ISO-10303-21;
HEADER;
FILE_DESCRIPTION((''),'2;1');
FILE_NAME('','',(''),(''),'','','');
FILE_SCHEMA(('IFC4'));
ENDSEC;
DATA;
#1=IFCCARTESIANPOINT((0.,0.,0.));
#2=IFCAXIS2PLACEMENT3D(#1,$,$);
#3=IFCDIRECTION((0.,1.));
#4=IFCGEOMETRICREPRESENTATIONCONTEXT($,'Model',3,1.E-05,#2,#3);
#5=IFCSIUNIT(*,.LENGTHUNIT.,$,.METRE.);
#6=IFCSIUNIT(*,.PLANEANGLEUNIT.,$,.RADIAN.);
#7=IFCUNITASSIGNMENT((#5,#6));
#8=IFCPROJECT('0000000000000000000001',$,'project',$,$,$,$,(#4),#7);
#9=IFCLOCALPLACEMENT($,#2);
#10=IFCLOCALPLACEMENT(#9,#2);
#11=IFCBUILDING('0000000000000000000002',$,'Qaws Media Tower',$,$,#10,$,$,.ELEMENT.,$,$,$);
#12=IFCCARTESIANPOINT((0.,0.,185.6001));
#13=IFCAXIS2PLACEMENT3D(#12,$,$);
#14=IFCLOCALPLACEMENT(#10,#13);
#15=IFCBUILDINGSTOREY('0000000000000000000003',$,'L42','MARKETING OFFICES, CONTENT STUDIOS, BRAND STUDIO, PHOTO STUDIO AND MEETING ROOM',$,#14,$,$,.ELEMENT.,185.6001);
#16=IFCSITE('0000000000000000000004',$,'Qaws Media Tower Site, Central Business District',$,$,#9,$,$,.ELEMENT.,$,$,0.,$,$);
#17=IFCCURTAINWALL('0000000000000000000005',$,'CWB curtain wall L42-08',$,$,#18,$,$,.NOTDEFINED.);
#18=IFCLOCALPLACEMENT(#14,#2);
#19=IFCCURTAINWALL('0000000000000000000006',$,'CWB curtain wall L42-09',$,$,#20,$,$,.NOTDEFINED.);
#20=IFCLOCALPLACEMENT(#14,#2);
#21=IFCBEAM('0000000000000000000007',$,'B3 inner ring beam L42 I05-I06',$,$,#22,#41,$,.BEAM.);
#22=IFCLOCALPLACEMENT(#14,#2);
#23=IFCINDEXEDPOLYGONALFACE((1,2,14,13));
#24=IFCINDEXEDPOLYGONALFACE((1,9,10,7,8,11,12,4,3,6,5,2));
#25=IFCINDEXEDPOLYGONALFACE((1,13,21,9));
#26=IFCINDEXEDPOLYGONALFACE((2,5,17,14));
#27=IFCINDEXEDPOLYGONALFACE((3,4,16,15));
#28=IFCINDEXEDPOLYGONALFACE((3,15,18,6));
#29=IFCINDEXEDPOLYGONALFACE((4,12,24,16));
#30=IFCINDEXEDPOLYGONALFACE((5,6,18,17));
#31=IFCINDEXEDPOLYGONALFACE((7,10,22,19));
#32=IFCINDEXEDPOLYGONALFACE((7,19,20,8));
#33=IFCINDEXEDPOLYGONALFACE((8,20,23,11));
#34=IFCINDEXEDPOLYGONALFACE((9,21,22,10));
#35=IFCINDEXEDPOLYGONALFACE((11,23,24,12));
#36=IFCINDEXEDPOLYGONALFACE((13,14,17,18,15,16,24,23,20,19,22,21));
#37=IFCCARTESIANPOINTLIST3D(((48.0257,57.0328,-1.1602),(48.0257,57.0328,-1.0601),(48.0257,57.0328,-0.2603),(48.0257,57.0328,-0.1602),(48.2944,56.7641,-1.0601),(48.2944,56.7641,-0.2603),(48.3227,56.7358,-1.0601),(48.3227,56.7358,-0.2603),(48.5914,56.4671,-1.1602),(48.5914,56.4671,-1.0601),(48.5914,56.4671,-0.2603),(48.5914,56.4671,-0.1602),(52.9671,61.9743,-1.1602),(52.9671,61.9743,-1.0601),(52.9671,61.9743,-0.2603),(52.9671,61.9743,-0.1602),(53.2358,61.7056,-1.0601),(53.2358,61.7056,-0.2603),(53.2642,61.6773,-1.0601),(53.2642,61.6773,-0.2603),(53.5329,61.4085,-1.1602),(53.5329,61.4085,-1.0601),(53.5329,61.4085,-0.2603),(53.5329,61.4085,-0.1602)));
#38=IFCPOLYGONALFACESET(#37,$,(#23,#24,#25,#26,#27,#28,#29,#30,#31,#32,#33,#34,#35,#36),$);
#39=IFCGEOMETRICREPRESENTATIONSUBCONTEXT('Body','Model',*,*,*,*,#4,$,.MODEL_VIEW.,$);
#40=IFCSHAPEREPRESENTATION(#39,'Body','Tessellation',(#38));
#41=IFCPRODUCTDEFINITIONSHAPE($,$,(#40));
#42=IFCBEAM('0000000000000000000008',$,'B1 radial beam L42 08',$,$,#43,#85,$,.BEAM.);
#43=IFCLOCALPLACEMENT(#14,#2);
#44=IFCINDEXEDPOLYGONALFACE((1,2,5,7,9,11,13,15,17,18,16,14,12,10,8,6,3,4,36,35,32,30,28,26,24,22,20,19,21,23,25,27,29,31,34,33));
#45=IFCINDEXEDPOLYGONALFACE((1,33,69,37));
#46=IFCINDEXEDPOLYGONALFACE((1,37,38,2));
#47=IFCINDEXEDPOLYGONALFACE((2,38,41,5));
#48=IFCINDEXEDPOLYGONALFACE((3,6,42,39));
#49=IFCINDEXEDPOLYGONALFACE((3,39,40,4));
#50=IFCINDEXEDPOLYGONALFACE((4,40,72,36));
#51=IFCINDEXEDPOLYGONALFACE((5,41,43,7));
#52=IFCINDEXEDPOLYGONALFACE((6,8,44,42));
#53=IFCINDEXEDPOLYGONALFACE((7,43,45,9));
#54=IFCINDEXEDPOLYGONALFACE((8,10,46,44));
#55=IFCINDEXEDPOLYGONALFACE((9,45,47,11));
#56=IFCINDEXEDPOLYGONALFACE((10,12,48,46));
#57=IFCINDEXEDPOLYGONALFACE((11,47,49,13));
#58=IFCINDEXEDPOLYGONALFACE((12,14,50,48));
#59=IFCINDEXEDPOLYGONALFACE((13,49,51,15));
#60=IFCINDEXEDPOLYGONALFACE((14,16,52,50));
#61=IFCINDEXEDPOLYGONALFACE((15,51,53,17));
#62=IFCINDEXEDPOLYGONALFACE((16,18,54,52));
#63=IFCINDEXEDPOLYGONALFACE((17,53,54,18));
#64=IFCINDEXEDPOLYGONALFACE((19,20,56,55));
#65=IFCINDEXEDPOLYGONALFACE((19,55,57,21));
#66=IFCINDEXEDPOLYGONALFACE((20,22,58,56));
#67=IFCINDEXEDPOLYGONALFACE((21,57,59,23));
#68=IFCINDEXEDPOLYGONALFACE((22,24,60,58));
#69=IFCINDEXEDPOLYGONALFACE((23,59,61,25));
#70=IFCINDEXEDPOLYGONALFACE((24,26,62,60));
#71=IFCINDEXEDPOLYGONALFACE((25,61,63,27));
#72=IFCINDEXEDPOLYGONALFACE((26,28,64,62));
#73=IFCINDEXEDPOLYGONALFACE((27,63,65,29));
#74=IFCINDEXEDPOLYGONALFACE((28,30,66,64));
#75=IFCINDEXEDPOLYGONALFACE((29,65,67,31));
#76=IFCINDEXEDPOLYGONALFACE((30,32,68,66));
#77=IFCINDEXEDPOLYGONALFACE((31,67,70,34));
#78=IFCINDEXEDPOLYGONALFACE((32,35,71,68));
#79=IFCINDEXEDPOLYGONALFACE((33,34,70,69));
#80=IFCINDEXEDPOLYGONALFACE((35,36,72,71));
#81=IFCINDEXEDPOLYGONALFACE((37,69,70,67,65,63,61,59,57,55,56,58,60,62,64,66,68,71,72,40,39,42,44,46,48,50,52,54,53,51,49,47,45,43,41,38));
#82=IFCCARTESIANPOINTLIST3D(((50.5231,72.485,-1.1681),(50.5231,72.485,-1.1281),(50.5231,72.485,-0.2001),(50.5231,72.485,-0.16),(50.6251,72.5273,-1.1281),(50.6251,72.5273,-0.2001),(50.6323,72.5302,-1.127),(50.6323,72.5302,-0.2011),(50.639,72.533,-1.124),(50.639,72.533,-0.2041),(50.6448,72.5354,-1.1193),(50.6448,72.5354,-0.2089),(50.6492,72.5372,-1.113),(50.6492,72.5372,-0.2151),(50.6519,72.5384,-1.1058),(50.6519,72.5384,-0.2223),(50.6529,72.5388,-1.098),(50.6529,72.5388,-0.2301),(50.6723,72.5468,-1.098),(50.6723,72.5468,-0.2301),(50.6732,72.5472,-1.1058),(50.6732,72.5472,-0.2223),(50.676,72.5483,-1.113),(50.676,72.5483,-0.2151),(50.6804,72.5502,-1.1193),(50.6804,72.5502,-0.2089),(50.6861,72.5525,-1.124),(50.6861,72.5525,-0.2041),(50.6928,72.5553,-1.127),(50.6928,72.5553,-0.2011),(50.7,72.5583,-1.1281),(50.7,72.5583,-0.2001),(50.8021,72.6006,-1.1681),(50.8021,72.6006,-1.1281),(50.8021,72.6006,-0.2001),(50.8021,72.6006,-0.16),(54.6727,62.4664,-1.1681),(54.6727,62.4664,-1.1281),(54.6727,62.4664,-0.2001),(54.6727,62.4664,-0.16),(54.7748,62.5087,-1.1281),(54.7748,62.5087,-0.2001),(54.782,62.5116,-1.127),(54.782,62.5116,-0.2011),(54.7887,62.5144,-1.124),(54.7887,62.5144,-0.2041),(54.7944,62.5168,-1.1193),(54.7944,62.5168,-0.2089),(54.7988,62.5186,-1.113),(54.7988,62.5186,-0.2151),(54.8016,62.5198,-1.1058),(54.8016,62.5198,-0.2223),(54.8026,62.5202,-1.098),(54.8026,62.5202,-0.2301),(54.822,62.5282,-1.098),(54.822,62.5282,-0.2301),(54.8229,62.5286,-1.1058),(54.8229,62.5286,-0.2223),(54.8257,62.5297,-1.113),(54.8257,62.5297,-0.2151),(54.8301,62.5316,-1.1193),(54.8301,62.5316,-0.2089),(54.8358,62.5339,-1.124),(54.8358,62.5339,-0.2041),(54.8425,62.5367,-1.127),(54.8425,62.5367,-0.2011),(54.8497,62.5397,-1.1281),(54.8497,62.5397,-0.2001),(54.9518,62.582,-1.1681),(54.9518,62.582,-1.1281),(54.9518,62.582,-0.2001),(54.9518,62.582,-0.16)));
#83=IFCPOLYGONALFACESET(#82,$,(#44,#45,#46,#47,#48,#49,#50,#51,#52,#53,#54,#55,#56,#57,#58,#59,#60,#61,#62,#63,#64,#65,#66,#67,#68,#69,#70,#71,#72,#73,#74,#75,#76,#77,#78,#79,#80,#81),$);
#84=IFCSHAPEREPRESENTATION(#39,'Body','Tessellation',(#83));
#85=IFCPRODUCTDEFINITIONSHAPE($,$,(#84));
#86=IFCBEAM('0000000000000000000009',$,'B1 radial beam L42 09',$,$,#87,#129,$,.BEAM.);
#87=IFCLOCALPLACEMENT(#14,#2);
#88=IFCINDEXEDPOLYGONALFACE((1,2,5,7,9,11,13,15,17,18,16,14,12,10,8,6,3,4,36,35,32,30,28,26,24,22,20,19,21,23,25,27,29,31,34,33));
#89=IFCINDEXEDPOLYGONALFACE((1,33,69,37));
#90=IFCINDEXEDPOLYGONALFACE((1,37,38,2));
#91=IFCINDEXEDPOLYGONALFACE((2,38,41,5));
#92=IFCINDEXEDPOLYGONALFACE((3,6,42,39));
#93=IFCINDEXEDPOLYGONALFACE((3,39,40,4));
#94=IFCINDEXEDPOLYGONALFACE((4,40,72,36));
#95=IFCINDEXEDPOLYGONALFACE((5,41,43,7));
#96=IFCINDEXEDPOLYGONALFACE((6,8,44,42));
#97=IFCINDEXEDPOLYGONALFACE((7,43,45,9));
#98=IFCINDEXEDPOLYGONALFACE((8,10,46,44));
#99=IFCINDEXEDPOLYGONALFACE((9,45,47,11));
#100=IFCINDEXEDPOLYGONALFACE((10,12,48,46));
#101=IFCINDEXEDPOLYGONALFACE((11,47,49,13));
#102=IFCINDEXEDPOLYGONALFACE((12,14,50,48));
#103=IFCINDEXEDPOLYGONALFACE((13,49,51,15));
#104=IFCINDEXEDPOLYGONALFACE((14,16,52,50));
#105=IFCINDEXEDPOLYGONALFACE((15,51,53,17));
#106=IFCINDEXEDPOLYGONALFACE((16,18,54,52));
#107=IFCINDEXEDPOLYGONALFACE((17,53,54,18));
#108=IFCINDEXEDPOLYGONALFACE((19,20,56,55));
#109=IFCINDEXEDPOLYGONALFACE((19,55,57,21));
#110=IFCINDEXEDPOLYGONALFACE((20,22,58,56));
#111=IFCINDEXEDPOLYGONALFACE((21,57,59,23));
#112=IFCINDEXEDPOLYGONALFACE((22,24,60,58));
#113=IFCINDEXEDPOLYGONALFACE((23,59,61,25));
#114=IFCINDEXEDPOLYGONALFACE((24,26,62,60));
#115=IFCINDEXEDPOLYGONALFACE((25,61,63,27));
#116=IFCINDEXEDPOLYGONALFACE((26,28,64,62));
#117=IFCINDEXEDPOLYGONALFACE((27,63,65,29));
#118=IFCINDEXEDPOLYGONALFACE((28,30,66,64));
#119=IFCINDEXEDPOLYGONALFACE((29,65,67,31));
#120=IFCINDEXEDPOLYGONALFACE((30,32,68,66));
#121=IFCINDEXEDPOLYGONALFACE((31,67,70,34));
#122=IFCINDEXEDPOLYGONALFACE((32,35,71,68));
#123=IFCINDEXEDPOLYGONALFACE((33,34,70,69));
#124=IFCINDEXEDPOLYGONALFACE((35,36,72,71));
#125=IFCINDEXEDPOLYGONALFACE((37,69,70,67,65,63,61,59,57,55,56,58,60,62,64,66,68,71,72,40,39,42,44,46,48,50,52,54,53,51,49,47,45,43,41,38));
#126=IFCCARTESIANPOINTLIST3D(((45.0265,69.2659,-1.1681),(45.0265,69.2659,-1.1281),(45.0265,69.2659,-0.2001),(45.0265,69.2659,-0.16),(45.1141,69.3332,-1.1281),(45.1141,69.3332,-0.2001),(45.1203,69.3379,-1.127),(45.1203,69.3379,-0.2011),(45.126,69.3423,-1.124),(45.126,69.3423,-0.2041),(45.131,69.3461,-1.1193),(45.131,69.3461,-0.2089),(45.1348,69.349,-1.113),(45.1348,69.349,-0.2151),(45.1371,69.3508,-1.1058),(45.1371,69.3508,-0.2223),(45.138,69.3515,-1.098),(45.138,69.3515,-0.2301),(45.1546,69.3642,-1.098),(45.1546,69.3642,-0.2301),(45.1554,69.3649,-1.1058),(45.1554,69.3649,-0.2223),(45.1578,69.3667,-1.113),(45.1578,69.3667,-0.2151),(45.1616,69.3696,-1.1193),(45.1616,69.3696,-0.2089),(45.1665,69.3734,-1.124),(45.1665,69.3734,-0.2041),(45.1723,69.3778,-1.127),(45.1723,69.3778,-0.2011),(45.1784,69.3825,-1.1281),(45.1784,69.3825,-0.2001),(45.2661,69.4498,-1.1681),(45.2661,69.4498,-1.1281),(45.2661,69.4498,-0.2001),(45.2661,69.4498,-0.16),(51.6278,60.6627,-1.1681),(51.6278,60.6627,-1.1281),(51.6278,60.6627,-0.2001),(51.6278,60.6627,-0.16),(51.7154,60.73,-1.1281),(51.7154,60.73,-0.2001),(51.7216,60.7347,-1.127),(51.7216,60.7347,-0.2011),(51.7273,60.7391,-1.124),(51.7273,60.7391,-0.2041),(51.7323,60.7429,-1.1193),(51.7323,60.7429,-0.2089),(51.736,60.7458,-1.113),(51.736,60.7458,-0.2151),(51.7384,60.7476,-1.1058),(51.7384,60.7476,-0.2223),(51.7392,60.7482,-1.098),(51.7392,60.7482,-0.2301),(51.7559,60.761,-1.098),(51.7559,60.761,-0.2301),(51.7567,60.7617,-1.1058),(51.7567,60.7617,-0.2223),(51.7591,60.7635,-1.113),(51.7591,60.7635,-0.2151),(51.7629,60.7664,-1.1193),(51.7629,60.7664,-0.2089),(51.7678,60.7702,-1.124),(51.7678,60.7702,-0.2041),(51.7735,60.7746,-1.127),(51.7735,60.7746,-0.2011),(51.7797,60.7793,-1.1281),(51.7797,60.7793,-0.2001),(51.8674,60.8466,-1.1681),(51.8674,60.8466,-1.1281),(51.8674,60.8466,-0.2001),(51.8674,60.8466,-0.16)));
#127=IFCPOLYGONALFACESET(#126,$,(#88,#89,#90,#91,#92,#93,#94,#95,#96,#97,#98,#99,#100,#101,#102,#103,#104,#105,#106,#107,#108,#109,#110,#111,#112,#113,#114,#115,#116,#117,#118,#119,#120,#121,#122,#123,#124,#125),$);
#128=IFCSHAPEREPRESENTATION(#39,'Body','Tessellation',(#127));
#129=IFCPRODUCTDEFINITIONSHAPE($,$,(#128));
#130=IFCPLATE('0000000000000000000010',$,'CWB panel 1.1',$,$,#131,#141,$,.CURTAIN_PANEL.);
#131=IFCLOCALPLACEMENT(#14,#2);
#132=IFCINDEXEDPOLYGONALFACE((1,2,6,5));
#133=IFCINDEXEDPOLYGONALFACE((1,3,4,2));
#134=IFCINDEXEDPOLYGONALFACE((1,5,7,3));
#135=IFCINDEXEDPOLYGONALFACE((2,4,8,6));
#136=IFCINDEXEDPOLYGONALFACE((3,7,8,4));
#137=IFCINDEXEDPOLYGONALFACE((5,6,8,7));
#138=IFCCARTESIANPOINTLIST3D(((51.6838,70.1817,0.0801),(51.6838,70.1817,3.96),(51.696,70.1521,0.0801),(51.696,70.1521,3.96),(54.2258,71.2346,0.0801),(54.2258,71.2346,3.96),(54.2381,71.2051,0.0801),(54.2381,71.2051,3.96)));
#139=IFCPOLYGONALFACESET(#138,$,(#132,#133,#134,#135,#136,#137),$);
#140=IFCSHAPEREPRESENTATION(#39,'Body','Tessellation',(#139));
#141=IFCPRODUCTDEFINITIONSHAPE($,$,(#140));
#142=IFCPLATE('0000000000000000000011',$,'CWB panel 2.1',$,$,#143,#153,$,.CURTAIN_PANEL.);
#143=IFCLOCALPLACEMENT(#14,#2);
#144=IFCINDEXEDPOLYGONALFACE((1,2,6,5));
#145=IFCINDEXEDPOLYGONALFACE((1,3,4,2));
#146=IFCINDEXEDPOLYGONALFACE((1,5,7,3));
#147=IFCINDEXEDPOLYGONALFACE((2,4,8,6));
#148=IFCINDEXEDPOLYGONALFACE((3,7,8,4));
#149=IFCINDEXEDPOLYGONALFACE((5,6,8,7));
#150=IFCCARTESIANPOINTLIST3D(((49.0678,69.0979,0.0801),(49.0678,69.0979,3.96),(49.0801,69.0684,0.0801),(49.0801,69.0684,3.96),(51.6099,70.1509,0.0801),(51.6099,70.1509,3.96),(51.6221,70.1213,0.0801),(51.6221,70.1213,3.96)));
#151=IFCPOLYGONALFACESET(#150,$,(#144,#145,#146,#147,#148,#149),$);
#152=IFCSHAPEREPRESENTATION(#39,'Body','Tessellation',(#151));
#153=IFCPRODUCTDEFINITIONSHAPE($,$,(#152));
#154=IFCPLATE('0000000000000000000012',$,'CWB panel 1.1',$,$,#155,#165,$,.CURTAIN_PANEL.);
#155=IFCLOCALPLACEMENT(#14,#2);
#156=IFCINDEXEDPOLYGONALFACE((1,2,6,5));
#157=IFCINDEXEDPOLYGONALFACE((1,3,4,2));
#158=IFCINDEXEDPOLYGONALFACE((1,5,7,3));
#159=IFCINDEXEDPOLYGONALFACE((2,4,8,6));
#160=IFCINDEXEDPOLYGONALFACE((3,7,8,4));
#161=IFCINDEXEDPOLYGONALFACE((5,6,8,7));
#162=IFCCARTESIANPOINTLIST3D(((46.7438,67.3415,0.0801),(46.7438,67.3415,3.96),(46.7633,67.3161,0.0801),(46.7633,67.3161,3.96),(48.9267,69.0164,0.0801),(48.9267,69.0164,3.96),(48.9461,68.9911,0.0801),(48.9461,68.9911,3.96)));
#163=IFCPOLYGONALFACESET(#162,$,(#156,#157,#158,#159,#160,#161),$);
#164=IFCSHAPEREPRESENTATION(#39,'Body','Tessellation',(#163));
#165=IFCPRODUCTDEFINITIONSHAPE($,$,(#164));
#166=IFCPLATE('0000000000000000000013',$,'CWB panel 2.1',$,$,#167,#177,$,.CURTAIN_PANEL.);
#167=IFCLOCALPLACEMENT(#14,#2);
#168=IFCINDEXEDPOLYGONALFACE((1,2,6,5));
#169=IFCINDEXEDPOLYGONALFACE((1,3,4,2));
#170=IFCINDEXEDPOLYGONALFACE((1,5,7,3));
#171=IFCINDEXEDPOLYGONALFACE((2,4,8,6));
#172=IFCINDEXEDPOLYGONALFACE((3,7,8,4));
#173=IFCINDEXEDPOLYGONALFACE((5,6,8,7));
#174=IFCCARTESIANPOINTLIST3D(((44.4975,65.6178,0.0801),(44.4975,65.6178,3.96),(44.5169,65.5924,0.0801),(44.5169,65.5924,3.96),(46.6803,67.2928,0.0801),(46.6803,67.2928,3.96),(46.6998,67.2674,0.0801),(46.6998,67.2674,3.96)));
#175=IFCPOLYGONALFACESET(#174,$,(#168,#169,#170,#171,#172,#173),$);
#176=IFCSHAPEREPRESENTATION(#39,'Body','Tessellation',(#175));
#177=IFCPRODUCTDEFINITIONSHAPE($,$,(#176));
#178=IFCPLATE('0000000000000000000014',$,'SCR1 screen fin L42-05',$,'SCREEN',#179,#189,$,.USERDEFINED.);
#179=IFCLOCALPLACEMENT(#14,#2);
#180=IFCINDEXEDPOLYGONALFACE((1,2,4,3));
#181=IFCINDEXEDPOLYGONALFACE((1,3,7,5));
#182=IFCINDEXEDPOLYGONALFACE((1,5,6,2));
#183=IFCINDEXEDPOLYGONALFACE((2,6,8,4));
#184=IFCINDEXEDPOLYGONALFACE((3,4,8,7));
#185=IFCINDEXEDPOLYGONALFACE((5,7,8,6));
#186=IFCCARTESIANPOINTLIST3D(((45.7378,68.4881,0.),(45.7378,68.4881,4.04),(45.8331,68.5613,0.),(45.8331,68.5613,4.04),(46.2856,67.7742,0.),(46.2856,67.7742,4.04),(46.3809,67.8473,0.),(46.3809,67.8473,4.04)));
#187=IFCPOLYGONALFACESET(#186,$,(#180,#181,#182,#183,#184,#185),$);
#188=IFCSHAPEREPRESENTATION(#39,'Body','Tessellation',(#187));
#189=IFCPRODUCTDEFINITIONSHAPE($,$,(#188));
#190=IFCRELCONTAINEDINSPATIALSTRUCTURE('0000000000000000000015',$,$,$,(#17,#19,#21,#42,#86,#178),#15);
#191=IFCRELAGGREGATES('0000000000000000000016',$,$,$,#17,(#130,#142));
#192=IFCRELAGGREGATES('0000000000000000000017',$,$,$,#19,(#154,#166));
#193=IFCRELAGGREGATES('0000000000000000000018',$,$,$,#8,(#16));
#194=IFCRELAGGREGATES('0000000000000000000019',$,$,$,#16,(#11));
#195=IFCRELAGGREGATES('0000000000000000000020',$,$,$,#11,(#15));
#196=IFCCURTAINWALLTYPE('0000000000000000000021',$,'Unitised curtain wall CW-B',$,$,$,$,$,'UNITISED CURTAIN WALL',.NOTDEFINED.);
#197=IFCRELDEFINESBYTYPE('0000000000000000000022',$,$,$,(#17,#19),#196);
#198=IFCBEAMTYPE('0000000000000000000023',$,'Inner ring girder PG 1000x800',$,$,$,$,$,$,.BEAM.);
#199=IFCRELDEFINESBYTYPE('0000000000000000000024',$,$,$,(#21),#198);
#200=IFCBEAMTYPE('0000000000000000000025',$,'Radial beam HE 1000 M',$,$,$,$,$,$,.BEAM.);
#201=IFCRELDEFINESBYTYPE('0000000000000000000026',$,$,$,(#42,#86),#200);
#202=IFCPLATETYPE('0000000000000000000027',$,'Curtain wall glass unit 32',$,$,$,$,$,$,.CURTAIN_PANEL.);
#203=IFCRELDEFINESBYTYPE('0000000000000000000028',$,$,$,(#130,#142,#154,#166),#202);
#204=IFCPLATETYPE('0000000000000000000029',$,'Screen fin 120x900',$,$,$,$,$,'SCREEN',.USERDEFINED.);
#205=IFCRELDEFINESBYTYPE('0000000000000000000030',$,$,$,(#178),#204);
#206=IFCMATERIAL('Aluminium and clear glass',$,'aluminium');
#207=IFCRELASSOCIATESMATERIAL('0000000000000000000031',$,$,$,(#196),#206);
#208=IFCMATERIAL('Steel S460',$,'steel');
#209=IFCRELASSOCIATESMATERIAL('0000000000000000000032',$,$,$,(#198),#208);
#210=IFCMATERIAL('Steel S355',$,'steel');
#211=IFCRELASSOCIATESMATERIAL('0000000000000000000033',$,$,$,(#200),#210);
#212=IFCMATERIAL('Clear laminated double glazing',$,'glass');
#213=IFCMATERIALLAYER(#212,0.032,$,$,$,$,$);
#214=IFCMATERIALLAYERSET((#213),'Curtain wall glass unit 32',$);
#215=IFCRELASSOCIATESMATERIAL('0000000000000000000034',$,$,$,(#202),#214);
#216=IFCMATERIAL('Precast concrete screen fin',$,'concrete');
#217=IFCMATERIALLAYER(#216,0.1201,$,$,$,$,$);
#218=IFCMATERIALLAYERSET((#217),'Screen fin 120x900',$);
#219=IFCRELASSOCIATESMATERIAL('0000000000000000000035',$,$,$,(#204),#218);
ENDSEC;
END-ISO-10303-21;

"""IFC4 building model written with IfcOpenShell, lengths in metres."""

from ifc_helpers import new_model, si_unit, direction, frame, origin, origin_2d, place, context, subcontext, project, spatial, rectangle, i_section, extrude, material, layer, layer_set, material_profile, profile_set, type_object, element, aggregate, save


model = new_model("IFC4")

# Units and contexts
model_context = context("Model", 3, precision=1e-05, world=origin(), true_north=direction((0.0, 1.0)))
body_context = subcontext(model_context, "Body", "Model", "MODEL_VIEW")
ifc_project = project(units=[si_unit("LENGTHUNIT", "METRE"), si_unit("PLANEANGLEUNIT", "RADIAN")], contexts=[model_context])

# Site, building, storey
site_placement = place(None, origin())
site = spatial("IfcSite", under=ifc_project, at=site_placement, Name="Qaws Media Tower Site, Central Business District", CompositionType="ELEMENT", RefElevation=0.0)
building_placement = place(site_placement, origin())
building = spatial("IfcBuilding", under=site, at=building_placement, Name="Qaws Media Tower", CompositionType="ELEMENT")
storey_placement = place(building_placement, frame((0.0, 0.0, 185.6001)))
storey = spatial("IfcBuildingStorey", under=building, at=storey_placement, Name="L42", Description="MARKETING OFFICES, CONTENT STUDIOS, BRAND STUDIO, PHOTO STUDIO AND MEETING ROOM", CompositionType="ELEMENT", Elevation=185.6001)

# Curtain walls
ifc_material_1 = material(Name="Aluminium and clear glass", Category="aluminium")
curtain_wall_type = type_object("IfcCurtainWallType", Name="Unitised curtain wall CW-B", ElementType="UNITISED CURTAIN WALL", PredefinedType="NOTDEFINED", material=ifc_material_1)
curtain_wall_1_placement = place(storey_placement, origin())
curtain_wall_1 = element("IfcCurtainWall", 1, at=curtain_wall_1_placement, inside=storey, type_object=curtain_wall_type, Name="CWB curtain wall L42-08", PredefinedType="NOTDEFINED")
curtain_wall_2_placement = place(storey_placement, origin())
curtain_wall_2 = element("IfcCurtainWall", 2, at=curtain_wall_2_placement, inside=storey, type_object=curtain_wall_type, Name="CWB curtain wall L42-09", PredefinedType="NOTDEFINED")

# Beams
ifc_material_2 = material(Name="Steel S460", Category="steel")
ifc_material_profile_1 = material_profile(ifc_material_2, i_section(OverallWidth=0.8, OverallDepth=1.0, WebThickness=0.04, FlangeThickness=0.1001, at=origin_2d()), Name="PG 1000x800")
ifc_profile_set_1 = profile_set([ifc_material_profile_1], Name="Steel S460")
beam_type_1 = type_object("IfcBeamType", Name="Inner ring girder PG 1000x800", PredefinedType="BEAM", material=ifc_profile_set_1)
beam_1_placement = place(storey_placement, frame((53.25, 61.6914, -0.6602), z_axis=(-0.707107, -0.707107, 0.0), x_axis=(0.707107, -0.707107, 0.0)))
element("IfcBeam", 3, at=beam_1_placement, inside=storey, type_object=beam_type_1, Name="B3 inner ring beam L42 I05-I06", PredefinedType="BEAM", context=body_context, shape_type="SweptSolid", body=[
    extrude(i_section(OverallWidth=0.8, OverallDepth=1.0, WebThickness=0.04, FlangeThickness=0.1001, at=origin_2d()), origin(), (0.0, 0.0, 1.0), 6.9883),
])
ifc_material_3 = material(Name="Steel S355", Category="steel")
ifc_material_profile_2 = material_profile(ifc_material_3, i_section(OverallWidth=0.302, OverallDepth=1.0081, WebThickness=0.021, FlangeThickness=0.04, FilletRadius=0.03, at=origin_2d()), Name="HE 1000 M")
ifc_profile_set_2 = profile_set([ifc_material_profile_2], Name="Steel S355")
beam_type_2 = type_object("IfcBeamType", Name="Radial beam HE 1000 M", PredefinedType="BEAM", material=ifc_profile_set_2)
for number, where, z_axis, x_axis, name in (
    (4, (54.8123, 62.5242, -0.6641), (-0.382671, 0.923885, 0.0), (-0.923885, -0.382671, 0.0), "B1 radial beam L42 08"),
    (5, (51.7476, 60.7546, -0.6641), (-0.60875, 0.793362, 0.0), (-0.793362, -0.60875, 0.0), "B1 radial beam L42 09"),
):
    element("IfcBeam", number, at=place(storey_placement, frame(where, z_axis=z_axis, x_axis=x_axis)), inside=storey, type_object=beam_type_2, Name=name, PredefinedType="BEAM", context=body_context, shape_type="SweptSolid", body=[
        extrude(i_section(OverallWidth=0.302, OverallDepth=1.0081, WebThickness=0.021, FlangeThickness=0.04, FilletRadius=0.03, at=origin_2d()), origin(), (0.0, 0.0, 1.0), 10.844),
    ])

# Plates
ifc_material_4 = material(Name="Clear laminated double glazing", Category="glass")
ifc_layer_1 = layer(ifc_material_4, 0.032)
ifc_layer_set_1 = layer_set([ifc_layer_1], Name="Curtain wall glass unit 32")
plate_type_1 = type_object("IfcPlateType", Name="Curtain wall glass unit 32", PredefinedType="CURTAIN_PANEL", material=ifc_layer_set_1)
plate_1_placement = place(storey_placement, frame((52.9609, 70.6934, 0.0801), z_axis=(0.0, 0.0, 1.0), x_axis=(-0.92388, -0.382683, 0.0)))
plate_1 = element("IfcPlate", 6, at=plate_1_placement, type_object=plate_type_1, Name="CWB panel 1.1", PredefinedType="CURTAIN_PANEL", context=body_context, shape_type="SweptSolid", body=[
    extrude(rectangle(XDim=2.7515, YDim=0.032, at=origin_2d()), origin(), (0.0, 0.0, 1.0), 3.8799),
])
plate_2_placement = place(storey_placement, frame((50.345, 69.6096, 0.0801), z_axis=(0.0, 0.0, 1.0), x_axis=(-0.92388, -0.382683, 0.0)))
plate_2 = element("IfcPlate", 7, at=plate_2_placement, type_object=plate_type_1, Name="CWB panel 2.1", PredefinedType="CURTAIN_PANEL", context=body_context, shape_type="SweptSolid", body=[
    extrude(rectangle(XDim=2.7515, YDim=0.032, at=origin_2d()), origin(), (0.0, 0.0, 1.0), 3.8799),
])
aggregate(curtain_wall_1, [plate_1, plate_2])
plate_3_placement = place(storey_placement, frame((47.845, 68.1663, 0.0801), z_axis=(0.0, 0.0, 1.0), x_axis=(-0.793353, -0.608761, 0.0)))
plate_3 = element("IfcPlate", 8, at=plate_3_placement, type_object=plate_type_1, Name="CWB panel 1.1", PredefinedType="CURTAIN_PANEL", context=body_context, shape_type="SweptSolid", body=[
    extrude(rectangle(XDim=2.7515, YDim=0.032, at=origin_2d()), origin(), (0.0, 0.0, 1.0), 3.8799),
])
plate_4_placement = place(storey_placement, frame((45.5986, 66.4426, 0.0801), z_axis=(0.0, 0.0, 1.0), x_axis=(-0.793353, -0.608761, 0.0)))
plate_4 = element("IfcPlate", 9, at=plate_4_placement, type_object=plate_type_1, Name="CWB panel 2.1", PredefinedType="CURTAIN_PANEL", context=body_context, shape_type="SweptSolid", body=[
    extrude(rectangle(XDim=2.7515, YDim=0.032, at=origin_2d()), origin(), (0.0, 0.0, 1.0), 3.8799),
])
aggregate(curtain_wall_2, [plate_3, plate_4])
ifc_material_5 = material(Name="Precast concrete screen fin", Category="concrete")
ifc_layer_2 = layer(ifc_material_5, 0.1201)
ifc_layer_set_2 = layer_set([ifc_layer_2], Name="Screen fin 120x900")
plate_type_2 = type_object("IfcPlateType", Name="Screen fin 120x900", ElementType="SCREEN", PredefinedType="USERDEFINED", material=ifc_layer_set_2)
plate_5_placement = place(storey_placement, frame((46.0593, 68.1677, 0.0), z_axis=(0.0, 0.0, 1.0), x_axis=(-0.608761, 0.793353, 0.0)))
element("IfcPlate", 10, at=plate_5_placement, inside=storey, type_object=plate_type_2, Name="SCR1 screen fin L42-05", ObjectType="SCREEN", PredefinedType="USERDEFINED", context=body_context, shape_type="SweptSolid", body=[
    extrude(rectangle(XDim=0.8999, YDim=0.1201, at=origin_2d()), origin(), (0.0, 0.0, 1.0), 4.04),
])

save(model, "model.ifc")
